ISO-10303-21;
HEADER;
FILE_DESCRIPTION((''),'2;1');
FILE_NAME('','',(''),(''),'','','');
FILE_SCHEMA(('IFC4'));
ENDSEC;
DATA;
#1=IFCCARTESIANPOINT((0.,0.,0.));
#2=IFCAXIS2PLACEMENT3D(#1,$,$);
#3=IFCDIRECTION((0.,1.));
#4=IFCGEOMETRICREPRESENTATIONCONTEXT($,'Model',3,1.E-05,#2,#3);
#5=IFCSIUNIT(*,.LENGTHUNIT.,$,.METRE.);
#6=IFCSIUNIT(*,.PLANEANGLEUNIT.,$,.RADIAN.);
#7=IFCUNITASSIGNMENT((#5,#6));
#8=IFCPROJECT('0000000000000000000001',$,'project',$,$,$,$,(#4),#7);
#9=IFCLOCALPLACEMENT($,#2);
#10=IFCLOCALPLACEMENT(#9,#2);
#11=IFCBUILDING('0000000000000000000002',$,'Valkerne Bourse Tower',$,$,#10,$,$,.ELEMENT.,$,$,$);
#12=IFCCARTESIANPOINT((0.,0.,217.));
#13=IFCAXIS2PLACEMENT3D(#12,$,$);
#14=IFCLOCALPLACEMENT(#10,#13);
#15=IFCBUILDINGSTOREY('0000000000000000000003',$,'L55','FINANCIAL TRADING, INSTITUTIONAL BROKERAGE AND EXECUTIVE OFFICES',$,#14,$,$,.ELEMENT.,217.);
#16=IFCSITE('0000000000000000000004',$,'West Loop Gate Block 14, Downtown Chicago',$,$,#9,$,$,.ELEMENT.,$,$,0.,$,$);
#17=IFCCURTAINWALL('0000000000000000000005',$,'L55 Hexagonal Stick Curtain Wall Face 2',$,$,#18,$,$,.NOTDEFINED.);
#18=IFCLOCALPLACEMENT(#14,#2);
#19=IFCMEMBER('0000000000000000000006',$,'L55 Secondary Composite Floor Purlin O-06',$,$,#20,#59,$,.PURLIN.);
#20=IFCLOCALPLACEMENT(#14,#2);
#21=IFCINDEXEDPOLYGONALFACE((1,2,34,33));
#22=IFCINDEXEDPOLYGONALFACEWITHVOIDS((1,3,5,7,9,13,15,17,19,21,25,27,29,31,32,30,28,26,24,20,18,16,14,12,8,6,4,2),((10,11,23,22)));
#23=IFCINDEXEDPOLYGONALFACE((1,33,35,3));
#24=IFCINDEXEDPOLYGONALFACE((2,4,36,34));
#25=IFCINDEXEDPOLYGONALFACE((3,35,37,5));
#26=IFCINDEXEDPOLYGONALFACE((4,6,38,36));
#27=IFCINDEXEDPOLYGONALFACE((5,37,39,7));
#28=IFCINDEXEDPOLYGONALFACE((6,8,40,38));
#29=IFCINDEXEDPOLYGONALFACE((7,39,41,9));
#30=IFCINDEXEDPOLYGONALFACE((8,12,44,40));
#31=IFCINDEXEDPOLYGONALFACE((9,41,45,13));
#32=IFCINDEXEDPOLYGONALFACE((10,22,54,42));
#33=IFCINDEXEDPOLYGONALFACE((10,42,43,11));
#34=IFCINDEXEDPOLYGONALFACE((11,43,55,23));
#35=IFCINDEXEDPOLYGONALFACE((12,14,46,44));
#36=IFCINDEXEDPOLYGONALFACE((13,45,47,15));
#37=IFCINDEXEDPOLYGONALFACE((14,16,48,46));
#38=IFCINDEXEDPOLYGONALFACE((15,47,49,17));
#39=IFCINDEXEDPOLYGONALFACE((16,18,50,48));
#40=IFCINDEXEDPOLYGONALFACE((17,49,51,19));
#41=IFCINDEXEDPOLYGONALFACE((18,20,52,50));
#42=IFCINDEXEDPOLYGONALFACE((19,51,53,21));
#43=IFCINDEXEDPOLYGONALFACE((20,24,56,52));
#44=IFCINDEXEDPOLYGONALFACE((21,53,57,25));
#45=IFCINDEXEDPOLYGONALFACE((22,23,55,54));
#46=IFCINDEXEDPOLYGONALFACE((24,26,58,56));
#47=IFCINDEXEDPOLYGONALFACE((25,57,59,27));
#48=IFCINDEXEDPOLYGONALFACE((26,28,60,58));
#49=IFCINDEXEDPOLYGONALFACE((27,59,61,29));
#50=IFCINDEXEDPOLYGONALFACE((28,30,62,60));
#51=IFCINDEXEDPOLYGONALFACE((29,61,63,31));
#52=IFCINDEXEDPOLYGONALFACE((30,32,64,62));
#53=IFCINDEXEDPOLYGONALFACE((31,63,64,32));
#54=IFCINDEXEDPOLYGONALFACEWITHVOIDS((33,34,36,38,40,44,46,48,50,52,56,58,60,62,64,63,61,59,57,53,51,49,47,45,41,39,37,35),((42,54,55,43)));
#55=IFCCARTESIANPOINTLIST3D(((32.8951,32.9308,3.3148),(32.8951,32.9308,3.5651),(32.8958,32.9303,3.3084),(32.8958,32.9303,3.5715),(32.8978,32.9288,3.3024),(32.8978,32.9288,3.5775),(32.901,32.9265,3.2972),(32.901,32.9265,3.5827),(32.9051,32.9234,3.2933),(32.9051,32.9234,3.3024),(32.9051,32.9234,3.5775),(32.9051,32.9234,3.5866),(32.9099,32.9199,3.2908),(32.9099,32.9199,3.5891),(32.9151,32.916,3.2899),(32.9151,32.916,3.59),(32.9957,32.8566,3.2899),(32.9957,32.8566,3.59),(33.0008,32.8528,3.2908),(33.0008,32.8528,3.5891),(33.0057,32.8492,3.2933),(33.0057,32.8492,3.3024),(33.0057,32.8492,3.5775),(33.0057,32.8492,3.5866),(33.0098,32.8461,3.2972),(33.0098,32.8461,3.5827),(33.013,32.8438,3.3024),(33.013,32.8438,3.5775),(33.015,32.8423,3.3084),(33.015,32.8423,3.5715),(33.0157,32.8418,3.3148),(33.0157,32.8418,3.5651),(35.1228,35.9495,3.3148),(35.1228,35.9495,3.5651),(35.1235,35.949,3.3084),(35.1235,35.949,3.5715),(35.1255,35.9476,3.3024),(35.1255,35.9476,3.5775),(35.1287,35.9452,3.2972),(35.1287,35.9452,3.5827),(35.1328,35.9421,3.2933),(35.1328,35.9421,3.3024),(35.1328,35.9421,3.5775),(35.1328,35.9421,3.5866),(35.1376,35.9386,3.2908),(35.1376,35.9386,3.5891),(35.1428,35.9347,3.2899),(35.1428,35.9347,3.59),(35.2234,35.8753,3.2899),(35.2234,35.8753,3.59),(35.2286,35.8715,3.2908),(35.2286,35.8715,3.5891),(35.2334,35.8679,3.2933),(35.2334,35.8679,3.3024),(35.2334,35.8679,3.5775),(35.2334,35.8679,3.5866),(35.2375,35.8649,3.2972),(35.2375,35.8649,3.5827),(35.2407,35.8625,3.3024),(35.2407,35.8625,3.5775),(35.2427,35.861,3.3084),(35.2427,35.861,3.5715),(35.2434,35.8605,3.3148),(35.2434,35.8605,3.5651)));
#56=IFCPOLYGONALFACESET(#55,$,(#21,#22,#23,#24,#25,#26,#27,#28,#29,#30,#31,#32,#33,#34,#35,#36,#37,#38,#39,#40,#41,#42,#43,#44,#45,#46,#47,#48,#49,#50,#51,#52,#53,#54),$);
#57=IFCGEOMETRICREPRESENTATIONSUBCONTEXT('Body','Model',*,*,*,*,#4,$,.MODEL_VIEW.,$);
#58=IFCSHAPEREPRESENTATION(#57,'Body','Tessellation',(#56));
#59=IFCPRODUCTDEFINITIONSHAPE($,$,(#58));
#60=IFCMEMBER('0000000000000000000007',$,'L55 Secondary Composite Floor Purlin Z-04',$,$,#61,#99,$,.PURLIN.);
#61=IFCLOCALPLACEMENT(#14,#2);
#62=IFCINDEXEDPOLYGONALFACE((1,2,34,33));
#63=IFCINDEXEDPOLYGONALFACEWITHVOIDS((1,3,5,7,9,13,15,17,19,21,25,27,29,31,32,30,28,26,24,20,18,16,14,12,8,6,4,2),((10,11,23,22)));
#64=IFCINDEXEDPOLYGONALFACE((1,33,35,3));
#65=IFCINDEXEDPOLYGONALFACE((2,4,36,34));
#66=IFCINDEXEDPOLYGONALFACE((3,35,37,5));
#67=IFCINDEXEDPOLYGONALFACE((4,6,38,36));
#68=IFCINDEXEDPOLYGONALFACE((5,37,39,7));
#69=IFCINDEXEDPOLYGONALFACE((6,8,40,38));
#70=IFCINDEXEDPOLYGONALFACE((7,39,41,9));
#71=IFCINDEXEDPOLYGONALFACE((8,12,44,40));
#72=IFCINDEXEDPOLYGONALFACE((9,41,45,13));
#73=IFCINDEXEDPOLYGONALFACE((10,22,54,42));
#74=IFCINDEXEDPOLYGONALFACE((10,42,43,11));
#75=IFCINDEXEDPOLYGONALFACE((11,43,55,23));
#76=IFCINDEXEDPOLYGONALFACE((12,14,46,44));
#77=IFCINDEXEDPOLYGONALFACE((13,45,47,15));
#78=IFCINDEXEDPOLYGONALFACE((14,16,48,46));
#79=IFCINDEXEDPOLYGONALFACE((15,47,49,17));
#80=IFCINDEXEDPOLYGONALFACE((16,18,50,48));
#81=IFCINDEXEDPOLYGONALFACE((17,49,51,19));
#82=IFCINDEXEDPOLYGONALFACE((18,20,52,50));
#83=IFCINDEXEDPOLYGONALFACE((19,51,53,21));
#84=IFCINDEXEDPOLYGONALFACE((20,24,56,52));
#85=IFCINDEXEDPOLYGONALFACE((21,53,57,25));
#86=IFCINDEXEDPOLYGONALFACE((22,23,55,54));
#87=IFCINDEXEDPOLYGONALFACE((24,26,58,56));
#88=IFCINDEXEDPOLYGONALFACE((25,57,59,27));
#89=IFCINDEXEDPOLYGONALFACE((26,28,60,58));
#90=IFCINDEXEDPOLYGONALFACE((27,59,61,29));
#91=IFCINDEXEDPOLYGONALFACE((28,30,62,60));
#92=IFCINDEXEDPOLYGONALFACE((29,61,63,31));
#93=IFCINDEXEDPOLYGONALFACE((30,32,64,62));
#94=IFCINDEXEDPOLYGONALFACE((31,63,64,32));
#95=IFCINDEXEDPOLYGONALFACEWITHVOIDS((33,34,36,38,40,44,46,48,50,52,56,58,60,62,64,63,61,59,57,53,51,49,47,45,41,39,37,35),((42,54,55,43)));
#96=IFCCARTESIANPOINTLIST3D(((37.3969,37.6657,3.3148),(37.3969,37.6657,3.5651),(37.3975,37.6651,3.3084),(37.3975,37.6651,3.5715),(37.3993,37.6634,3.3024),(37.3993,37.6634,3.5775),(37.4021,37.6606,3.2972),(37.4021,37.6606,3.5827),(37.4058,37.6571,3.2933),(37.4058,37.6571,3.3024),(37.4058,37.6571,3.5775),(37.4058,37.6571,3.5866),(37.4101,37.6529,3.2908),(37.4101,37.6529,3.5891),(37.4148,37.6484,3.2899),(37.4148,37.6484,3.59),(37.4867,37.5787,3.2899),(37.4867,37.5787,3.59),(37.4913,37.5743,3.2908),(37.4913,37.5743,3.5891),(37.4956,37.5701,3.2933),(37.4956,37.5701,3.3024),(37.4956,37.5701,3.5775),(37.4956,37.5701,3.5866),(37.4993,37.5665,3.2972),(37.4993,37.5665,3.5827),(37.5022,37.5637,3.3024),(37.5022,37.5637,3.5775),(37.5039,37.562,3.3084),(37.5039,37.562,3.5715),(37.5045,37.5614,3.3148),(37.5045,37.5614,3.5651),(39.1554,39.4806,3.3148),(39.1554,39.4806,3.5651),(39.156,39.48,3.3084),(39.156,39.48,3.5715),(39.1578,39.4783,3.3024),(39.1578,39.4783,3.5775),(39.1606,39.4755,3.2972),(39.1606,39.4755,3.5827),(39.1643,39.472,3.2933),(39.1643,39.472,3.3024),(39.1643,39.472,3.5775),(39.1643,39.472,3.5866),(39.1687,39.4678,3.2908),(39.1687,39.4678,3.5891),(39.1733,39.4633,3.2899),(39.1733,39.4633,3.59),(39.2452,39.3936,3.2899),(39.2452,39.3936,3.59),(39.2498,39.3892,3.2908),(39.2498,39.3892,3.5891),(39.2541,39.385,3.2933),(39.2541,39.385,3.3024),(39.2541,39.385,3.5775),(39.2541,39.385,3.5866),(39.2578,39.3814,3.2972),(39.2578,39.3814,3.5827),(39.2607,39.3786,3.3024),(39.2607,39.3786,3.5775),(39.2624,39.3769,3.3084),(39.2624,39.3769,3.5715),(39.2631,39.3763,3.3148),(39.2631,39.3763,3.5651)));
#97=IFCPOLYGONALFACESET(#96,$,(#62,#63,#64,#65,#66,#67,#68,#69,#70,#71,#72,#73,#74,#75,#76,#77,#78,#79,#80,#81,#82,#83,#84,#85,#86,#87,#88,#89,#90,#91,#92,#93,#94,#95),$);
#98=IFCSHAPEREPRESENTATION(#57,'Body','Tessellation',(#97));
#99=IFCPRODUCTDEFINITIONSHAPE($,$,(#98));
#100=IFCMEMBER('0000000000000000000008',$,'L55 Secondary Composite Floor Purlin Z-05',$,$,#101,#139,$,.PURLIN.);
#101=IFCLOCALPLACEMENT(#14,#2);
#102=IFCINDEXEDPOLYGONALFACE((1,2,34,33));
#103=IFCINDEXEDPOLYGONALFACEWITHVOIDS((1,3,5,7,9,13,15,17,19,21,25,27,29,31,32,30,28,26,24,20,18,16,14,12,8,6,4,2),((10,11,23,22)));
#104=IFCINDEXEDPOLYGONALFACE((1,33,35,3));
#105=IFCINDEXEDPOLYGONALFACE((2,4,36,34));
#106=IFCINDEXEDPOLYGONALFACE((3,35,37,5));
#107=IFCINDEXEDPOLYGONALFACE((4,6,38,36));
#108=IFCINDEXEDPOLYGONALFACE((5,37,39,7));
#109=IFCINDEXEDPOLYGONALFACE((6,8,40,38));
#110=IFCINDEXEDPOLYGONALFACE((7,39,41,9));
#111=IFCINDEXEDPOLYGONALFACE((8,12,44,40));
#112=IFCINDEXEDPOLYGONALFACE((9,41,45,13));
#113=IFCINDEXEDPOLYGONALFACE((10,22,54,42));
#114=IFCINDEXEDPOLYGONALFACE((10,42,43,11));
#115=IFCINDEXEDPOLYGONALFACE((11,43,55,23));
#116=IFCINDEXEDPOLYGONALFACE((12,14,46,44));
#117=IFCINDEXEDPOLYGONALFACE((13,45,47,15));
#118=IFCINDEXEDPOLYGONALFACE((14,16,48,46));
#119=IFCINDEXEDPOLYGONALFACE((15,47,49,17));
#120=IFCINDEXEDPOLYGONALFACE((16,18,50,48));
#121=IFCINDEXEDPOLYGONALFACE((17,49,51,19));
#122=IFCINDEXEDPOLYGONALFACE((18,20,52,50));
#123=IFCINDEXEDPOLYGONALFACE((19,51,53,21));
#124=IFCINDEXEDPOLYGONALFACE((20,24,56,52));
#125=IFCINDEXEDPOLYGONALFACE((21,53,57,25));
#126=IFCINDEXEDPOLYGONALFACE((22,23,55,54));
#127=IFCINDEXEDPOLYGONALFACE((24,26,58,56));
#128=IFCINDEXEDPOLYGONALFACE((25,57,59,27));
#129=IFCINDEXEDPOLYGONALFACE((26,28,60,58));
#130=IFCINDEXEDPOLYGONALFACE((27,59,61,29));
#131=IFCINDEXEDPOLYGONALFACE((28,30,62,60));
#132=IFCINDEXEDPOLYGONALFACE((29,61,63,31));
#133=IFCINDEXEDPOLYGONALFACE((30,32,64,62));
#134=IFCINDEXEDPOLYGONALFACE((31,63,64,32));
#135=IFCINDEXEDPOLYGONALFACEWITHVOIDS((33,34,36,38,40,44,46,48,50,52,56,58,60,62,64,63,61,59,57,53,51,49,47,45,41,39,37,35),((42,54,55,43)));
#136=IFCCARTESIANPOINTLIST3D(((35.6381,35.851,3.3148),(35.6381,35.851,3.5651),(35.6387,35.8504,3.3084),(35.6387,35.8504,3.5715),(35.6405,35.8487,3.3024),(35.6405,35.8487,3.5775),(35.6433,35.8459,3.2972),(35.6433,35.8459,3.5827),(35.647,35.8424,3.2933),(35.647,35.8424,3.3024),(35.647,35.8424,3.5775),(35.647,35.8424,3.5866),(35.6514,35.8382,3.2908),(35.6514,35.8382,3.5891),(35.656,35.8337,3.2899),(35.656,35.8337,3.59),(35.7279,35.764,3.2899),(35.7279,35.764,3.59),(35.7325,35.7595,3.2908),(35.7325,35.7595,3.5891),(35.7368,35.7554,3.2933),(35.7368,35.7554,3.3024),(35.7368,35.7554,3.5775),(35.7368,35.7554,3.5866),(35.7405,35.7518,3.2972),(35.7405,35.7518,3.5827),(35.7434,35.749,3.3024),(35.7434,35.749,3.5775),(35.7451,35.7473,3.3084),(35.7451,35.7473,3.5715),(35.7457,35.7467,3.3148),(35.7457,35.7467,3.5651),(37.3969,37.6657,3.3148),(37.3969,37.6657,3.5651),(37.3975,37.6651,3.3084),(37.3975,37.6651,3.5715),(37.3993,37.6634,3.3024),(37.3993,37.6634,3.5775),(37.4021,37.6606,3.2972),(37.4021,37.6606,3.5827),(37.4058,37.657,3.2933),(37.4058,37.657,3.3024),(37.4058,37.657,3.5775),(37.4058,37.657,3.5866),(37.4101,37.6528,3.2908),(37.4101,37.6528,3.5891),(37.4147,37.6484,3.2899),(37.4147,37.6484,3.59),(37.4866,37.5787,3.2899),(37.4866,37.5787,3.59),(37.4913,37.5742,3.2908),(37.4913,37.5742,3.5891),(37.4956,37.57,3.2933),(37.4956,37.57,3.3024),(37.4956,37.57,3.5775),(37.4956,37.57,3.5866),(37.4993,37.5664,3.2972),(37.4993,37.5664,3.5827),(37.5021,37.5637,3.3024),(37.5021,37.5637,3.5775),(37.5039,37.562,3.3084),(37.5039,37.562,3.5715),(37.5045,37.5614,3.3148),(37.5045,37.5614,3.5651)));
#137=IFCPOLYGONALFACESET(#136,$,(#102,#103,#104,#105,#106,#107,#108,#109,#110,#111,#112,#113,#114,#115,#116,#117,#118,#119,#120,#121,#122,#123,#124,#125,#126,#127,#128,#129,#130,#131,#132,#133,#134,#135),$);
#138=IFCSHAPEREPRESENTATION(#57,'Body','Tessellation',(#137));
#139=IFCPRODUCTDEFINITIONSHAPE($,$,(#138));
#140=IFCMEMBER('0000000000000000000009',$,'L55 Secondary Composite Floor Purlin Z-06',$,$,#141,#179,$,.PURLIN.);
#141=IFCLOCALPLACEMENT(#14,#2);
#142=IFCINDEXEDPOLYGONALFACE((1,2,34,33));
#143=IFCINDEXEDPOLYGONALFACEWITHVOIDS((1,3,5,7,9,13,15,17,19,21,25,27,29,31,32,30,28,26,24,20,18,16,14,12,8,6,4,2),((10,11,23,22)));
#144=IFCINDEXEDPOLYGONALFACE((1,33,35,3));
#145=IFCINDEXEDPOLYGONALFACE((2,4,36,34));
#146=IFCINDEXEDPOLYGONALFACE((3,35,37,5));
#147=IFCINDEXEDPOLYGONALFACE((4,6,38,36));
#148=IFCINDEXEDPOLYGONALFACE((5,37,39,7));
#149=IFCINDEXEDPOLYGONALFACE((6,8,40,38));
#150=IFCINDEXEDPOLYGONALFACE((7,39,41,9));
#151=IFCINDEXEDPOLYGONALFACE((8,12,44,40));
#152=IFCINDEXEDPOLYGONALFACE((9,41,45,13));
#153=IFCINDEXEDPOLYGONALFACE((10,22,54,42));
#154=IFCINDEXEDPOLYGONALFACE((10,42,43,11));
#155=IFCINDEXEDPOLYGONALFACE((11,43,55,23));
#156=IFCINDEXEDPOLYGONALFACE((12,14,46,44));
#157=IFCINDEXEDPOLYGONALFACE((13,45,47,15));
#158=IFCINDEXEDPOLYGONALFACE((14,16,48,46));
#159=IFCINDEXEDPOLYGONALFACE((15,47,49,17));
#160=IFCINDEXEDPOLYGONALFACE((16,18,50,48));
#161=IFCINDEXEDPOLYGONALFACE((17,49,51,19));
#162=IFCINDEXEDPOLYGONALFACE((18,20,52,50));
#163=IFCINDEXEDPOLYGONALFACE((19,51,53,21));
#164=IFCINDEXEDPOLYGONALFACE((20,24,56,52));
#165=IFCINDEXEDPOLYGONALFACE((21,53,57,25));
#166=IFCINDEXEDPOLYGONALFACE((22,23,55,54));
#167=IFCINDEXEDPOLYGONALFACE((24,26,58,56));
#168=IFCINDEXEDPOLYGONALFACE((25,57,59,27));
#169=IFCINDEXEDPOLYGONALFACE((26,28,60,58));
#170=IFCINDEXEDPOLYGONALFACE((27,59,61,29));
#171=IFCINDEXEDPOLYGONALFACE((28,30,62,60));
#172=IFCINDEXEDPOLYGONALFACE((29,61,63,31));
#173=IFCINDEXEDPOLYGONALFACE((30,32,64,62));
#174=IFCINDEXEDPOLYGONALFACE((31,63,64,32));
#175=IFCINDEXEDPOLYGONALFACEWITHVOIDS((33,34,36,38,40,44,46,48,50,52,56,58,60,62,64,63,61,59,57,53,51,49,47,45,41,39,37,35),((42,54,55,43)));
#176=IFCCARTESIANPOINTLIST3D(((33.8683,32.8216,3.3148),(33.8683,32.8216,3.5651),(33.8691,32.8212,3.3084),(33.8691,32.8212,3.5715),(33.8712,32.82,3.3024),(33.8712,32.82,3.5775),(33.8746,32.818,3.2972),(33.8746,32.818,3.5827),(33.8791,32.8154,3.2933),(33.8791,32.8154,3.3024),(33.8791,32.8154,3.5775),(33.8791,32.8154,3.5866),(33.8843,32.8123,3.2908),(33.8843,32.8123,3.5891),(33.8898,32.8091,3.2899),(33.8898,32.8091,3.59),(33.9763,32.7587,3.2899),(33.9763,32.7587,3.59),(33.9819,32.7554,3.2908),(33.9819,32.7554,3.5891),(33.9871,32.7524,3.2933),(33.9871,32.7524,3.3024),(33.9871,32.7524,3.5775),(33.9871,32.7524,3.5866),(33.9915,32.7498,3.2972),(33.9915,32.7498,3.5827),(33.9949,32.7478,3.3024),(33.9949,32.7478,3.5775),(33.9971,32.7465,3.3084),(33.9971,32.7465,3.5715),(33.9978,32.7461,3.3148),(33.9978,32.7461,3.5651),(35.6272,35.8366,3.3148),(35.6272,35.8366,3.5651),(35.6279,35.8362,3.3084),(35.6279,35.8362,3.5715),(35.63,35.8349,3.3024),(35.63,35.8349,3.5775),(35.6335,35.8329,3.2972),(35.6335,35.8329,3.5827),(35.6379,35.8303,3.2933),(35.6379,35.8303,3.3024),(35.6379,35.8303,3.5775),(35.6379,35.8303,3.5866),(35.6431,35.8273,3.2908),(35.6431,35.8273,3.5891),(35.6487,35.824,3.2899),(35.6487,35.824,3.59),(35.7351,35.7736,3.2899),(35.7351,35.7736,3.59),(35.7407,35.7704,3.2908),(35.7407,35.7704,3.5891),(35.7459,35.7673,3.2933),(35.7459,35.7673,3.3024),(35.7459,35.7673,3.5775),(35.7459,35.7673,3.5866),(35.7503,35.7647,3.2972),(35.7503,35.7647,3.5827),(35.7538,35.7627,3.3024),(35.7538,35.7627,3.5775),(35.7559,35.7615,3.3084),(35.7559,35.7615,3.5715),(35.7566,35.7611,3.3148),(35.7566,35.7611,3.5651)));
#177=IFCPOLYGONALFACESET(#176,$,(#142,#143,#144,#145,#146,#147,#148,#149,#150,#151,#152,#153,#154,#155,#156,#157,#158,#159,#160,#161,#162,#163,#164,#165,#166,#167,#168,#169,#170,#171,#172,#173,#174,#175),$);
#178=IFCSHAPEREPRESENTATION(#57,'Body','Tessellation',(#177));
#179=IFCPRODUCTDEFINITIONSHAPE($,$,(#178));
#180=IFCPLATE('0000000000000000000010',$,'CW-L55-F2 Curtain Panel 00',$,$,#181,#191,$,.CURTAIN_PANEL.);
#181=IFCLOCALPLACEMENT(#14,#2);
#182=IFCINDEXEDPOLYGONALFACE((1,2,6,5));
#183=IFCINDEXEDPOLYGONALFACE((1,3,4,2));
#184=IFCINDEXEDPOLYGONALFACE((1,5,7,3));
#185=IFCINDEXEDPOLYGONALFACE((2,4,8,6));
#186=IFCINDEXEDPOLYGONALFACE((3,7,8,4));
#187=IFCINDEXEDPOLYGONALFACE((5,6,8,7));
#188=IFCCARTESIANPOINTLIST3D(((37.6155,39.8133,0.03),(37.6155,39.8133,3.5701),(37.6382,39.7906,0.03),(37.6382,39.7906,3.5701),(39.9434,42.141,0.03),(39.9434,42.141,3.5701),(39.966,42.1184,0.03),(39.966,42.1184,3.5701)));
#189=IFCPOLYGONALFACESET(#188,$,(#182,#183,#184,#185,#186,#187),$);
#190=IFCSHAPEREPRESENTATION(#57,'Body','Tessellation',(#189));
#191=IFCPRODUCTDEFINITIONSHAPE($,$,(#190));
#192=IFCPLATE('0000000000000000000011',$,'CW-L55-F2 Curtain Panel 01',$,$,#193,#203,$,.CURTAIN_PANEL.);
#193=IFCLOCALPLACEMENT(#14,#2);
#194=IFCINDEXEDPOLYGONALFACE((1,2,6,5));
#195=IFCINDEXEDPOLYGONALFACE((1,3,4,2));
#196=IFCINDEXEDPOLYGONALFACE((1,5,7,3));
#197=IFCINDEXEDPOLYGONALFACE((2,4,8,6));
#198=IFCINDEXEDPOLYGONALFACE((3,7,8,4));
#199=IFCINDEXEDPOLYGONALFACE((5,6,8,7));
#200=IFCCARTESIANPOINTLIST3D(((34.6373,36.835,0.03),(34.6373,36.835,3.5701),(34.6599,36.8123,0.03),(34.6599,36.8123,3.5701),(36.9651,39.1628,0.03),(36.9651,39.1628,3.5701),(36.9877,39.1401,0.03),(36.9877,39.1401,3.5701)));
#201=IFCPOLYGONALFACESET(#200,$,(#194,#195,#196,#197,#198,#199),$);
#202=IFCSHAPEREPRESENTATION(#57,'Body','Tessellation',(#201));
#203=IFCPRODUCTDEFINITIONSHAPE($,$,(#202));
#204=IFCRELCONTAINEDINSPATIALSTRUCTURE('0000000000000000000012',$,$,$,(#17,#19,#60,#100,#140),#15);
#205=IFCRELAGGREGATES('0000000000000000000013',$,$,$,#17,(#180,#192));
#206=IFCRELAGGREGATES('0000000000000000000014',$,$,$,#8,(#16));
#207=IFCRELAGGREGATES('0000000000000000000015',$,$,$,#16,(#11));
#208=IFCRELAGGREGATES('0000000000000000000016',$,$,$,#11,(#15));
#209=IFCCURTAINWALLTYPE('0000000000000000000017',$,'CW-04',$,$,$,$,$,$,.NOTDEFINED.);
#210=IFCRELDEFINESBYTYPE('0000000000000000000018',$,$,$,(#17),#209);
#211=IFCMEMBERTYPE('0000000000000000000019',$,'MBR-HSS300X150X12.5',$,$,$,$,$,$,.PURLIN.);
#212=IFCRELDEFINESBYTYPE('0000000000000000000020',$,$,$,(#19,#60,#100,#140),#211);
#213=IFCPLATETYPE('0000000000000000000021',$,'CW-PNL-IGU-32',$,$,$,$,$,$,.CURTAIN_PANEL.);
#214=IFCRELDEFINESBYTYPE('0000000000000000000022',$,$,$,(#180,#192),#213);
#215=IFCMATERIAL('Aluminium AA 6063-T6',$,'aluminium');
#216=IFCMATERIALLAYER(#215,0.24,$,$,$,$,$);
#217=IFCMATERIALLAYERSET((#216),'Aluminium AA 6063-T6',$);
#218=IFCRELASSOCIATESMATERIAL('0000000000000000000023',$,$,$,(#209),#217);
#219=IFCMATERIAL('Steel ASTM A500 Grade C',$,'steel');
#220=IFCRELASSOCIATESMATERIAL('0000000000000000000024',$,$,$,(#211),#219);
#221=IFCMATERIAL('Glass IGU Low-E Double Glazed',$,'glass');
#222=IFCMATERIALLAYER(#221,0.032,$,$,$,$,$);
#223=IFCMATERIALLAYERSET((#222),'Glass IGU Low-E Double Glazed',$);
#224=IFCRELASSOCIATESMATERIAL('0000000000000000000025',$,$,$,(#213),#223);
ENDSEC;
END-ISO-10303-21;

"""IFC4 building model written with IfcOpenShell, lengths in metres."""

from ifc_helpers import new_model, si_unit, direction, frame, origin, origin_2d, place, context, subcontext, project, spatial, rectangle, hollow_rectangle, extrude, material, layer, layer_set, material_profile, profile_set, type_object, element, aggregate, save


model = new_model("IFC4")

# Units and contexts
model_context = context("Model", 3, precision=1e-05, world=origin(), true_north=direction((0.0, 1.0)))
body_context = subcontext(model_context, "Body", "Model", "MODEL_VIEW")
ifc_project = project(units=[si_unit("LENGTHUNIT", "METRE"), si_unit("PLANEANGLEUNIT", "RADIAN")], contexts=[model_context])

# Site, building, storey
site_placement = place(None, origin())
site = spatial("IfcSite", under=ifc_project, at=site_placement, Name="West Loop Gate Block 14, Downtown Chicago", CompositionType="ELEMENT", RefElevation=0.0)
building_placement = place(site_placement, origin())
building = spatial("IfcBuilding", under=site, at=building_placement, Name="Valkerne Bourse Tower", CompositionType="ELEMENT")
storey_placement = place(building_placement, frame((0.0, 0.0, 217.0)))
storey = spatial("IfcBuildingStorey", under=building, at=storey_placement, Name="L55", Description="FINANCIAL TRADING, INSTITUTIONAL BROKERAGE AND EXECUTIVE OFFICES", CompositionType="ELEMENT", Elevation=217.0)

# Curtain wall
ifc_material_1 = material(Name="Aluminium AA 6063-T6", Category="aluminium")
ifc_layer_1 = layer(ifc_material_1, 0.24)
ifc_layer_set_1 = layer_set([ifc_layer_1], Name="Aluminium AA 6063-T6")
curtain_wall_type = type_object("IfcCurtainWallType", Name="CW-04", PredefinedType="NOTDEFINED", material=ifc_layer_set_1)
curtain_wall_placement = place(storey_placement, origin())
curtain_wall = element("IfcCurtainWall", 1, at=curtain_wall_placement, inside=storey, type_object=curtain_wall_type, Name="L55 Hexagonal Stick Curtain Wall Face 2", PredefinedType="NOTDEFINED")

# Members
ifc_material_2 = material(Name="Steel ASTM A500 Grade C", Category="steel")
ifc_material_profile_1 = material_profile(ifc_material_2, hollow_rectangle(XDim=0.1499, YDim=0.3, WallThickness=0.0125, OuterFilletRadius=0.0249, at=origin_2d()), Name="HSS300X150X12.5")
ifc_profile_set_1 = profile_set([ifc_material_profile_1], Name="Steel ASTM A500 Grade C")
member_type_1 = type_object("IfcMemberType", Name="MBR-HSS300X150X12.5", PredefinedType="PURLIN", material=ifc_profile_set_1)
member_1_placement = place(storey_placement, frame((35.1831, 35.905, 3.4399), z_axis=(-0.593787, -0.804622, 0.0), x_axis=(0.804622, -0.593787, 0.0)))
element("IfcMember", 2, at=member_1_placement, inside=storey, type_object=member_type_1, Name="L55 Secondary Composite Floor Purlin O-06", PredefinedType="PURLIN", context=body_context, shape_type="SweptSolid", body=[
    extrude(hollow_rectangle(XDim=0.1499, YDim=0.3, WallThickness=0.0125, OuterFilletRadius=0.0249, at=origin_2d()), origin(), (0.0, 0.0, 1.0), 3.7517),
])
for number, where, z_axis, x_axis, name in (
    (3, (39.2092, 39.4285, 3.4399), (-0.695861, -0.718177, 0.0), (0.718177, -0.695861, 0.0), "L55 Secondary Composite Floor Purlin Z-04"),
    (4, (37.4507, 37.6135, 3.4399), (-0.695959, -0.718082, 0.0), (0.718082, -0.695959, 0.0), "L55 Secondary Composite Floor Purlin Z-05"),
):
    element("IfcMember", number, at=place(storey_placement, frame(where, z_axis=z_axis, x_axis=x_axis)), inside=storey, type_object=member_type_1, Name=name, PredefinedType="PURLIN", context=body_context, shape_type="SweptSolid", body=[
        extrude(hollow_rectangle(XDim=0.1499, YDim=0.3, WallThickness=0.0125, OuterFilletRadius=0.0249, at=origin_2d()), origin(), (0.0, 0.0, 1.0), 2.5271),
    ])
member_2_placement = place(storey_placement, frame((35.6919, 35.7988, 3.4399), z_axis=(-0.503893, -0.863766, 0.0), x_axis=(0.863766, -0.503893, 0.0)))
element("IfcMember", 5, at=member_2_placement, inside=storey, type_object=member_type_1, Name="L55 Secondary Composite Floor Purlin Z-06", PredefinedType="PURLIN", context=body_context, shape_type="SweptSolid", body=[
    extrude(hollow_rectangle(XDim=0.1499, YDim=0.3, WallThickness=0.0125, OuterFilletRadius=0.0249, at=origin_2d()), origin(), (0.0, 0.0, 1.0), 3.4905),
])

# Plates
ifc_material_3 = material(Name="Glass IGU Low-E Double Glazed", Category="glass")
ifc_layer_2 = layer(ifc_material_3, 0.032)
ifc_layer_set_2 = layer_set([ifc_layer_2], Name="Glass IGU Low-E Double Glazed")
plate_type = type_object("IfcPlateType", Name="CW-PNL-IGU-32", PredefinedType="CURTAIN_PANEL", material=ifc_layer_set_2)
plate_1_placement = place(storey_placement, frame((38.7908, 40.9658, 0.03), z_axis=(0.0, 0.0, 1.0), x_axis=(-0.707119, -0.707095, 0.0)))
plate_1 = element("IfcPlate", 6, at=plate_1_placement, type_object=plate_type, Name="CW-L55-F2 Curtain Panel 00", PredefinedType="CURTAIN_PANEL", context=body_context, shape_type="SweptSolid", body=[
    extrude(rectangle(XDim=3.292, YDim=0.032, at=origin_2d()), origin(), (0.0, 0.0, 1.0), 3.54),
])
plate_2_placement = place(storey_placement, frame((35.8125, 37.9875, 0.03), z_axis=(0.0, 0.0, 1.0), x_axis=(-0.707107, -0.707107, 0.0)))
plate_2 = element("IfcPlate", 7, at=plate_2_placement, type_object=plate_type, Name="CW-L55-F2 Curtain Panel 01", PredefinedType="CURTAIN_PANEL", context=body_context, shape_type="SweptSolid", body=[
    extrude(rectangle(XDim=3.292, YDim=0.032, at=origin_2d()), origin(), (0.0, 0.0, 1.0), 3.54),
])
aggregate(curtain_wall, [plate_1, plate_2])

save(model, "model.ifc")
